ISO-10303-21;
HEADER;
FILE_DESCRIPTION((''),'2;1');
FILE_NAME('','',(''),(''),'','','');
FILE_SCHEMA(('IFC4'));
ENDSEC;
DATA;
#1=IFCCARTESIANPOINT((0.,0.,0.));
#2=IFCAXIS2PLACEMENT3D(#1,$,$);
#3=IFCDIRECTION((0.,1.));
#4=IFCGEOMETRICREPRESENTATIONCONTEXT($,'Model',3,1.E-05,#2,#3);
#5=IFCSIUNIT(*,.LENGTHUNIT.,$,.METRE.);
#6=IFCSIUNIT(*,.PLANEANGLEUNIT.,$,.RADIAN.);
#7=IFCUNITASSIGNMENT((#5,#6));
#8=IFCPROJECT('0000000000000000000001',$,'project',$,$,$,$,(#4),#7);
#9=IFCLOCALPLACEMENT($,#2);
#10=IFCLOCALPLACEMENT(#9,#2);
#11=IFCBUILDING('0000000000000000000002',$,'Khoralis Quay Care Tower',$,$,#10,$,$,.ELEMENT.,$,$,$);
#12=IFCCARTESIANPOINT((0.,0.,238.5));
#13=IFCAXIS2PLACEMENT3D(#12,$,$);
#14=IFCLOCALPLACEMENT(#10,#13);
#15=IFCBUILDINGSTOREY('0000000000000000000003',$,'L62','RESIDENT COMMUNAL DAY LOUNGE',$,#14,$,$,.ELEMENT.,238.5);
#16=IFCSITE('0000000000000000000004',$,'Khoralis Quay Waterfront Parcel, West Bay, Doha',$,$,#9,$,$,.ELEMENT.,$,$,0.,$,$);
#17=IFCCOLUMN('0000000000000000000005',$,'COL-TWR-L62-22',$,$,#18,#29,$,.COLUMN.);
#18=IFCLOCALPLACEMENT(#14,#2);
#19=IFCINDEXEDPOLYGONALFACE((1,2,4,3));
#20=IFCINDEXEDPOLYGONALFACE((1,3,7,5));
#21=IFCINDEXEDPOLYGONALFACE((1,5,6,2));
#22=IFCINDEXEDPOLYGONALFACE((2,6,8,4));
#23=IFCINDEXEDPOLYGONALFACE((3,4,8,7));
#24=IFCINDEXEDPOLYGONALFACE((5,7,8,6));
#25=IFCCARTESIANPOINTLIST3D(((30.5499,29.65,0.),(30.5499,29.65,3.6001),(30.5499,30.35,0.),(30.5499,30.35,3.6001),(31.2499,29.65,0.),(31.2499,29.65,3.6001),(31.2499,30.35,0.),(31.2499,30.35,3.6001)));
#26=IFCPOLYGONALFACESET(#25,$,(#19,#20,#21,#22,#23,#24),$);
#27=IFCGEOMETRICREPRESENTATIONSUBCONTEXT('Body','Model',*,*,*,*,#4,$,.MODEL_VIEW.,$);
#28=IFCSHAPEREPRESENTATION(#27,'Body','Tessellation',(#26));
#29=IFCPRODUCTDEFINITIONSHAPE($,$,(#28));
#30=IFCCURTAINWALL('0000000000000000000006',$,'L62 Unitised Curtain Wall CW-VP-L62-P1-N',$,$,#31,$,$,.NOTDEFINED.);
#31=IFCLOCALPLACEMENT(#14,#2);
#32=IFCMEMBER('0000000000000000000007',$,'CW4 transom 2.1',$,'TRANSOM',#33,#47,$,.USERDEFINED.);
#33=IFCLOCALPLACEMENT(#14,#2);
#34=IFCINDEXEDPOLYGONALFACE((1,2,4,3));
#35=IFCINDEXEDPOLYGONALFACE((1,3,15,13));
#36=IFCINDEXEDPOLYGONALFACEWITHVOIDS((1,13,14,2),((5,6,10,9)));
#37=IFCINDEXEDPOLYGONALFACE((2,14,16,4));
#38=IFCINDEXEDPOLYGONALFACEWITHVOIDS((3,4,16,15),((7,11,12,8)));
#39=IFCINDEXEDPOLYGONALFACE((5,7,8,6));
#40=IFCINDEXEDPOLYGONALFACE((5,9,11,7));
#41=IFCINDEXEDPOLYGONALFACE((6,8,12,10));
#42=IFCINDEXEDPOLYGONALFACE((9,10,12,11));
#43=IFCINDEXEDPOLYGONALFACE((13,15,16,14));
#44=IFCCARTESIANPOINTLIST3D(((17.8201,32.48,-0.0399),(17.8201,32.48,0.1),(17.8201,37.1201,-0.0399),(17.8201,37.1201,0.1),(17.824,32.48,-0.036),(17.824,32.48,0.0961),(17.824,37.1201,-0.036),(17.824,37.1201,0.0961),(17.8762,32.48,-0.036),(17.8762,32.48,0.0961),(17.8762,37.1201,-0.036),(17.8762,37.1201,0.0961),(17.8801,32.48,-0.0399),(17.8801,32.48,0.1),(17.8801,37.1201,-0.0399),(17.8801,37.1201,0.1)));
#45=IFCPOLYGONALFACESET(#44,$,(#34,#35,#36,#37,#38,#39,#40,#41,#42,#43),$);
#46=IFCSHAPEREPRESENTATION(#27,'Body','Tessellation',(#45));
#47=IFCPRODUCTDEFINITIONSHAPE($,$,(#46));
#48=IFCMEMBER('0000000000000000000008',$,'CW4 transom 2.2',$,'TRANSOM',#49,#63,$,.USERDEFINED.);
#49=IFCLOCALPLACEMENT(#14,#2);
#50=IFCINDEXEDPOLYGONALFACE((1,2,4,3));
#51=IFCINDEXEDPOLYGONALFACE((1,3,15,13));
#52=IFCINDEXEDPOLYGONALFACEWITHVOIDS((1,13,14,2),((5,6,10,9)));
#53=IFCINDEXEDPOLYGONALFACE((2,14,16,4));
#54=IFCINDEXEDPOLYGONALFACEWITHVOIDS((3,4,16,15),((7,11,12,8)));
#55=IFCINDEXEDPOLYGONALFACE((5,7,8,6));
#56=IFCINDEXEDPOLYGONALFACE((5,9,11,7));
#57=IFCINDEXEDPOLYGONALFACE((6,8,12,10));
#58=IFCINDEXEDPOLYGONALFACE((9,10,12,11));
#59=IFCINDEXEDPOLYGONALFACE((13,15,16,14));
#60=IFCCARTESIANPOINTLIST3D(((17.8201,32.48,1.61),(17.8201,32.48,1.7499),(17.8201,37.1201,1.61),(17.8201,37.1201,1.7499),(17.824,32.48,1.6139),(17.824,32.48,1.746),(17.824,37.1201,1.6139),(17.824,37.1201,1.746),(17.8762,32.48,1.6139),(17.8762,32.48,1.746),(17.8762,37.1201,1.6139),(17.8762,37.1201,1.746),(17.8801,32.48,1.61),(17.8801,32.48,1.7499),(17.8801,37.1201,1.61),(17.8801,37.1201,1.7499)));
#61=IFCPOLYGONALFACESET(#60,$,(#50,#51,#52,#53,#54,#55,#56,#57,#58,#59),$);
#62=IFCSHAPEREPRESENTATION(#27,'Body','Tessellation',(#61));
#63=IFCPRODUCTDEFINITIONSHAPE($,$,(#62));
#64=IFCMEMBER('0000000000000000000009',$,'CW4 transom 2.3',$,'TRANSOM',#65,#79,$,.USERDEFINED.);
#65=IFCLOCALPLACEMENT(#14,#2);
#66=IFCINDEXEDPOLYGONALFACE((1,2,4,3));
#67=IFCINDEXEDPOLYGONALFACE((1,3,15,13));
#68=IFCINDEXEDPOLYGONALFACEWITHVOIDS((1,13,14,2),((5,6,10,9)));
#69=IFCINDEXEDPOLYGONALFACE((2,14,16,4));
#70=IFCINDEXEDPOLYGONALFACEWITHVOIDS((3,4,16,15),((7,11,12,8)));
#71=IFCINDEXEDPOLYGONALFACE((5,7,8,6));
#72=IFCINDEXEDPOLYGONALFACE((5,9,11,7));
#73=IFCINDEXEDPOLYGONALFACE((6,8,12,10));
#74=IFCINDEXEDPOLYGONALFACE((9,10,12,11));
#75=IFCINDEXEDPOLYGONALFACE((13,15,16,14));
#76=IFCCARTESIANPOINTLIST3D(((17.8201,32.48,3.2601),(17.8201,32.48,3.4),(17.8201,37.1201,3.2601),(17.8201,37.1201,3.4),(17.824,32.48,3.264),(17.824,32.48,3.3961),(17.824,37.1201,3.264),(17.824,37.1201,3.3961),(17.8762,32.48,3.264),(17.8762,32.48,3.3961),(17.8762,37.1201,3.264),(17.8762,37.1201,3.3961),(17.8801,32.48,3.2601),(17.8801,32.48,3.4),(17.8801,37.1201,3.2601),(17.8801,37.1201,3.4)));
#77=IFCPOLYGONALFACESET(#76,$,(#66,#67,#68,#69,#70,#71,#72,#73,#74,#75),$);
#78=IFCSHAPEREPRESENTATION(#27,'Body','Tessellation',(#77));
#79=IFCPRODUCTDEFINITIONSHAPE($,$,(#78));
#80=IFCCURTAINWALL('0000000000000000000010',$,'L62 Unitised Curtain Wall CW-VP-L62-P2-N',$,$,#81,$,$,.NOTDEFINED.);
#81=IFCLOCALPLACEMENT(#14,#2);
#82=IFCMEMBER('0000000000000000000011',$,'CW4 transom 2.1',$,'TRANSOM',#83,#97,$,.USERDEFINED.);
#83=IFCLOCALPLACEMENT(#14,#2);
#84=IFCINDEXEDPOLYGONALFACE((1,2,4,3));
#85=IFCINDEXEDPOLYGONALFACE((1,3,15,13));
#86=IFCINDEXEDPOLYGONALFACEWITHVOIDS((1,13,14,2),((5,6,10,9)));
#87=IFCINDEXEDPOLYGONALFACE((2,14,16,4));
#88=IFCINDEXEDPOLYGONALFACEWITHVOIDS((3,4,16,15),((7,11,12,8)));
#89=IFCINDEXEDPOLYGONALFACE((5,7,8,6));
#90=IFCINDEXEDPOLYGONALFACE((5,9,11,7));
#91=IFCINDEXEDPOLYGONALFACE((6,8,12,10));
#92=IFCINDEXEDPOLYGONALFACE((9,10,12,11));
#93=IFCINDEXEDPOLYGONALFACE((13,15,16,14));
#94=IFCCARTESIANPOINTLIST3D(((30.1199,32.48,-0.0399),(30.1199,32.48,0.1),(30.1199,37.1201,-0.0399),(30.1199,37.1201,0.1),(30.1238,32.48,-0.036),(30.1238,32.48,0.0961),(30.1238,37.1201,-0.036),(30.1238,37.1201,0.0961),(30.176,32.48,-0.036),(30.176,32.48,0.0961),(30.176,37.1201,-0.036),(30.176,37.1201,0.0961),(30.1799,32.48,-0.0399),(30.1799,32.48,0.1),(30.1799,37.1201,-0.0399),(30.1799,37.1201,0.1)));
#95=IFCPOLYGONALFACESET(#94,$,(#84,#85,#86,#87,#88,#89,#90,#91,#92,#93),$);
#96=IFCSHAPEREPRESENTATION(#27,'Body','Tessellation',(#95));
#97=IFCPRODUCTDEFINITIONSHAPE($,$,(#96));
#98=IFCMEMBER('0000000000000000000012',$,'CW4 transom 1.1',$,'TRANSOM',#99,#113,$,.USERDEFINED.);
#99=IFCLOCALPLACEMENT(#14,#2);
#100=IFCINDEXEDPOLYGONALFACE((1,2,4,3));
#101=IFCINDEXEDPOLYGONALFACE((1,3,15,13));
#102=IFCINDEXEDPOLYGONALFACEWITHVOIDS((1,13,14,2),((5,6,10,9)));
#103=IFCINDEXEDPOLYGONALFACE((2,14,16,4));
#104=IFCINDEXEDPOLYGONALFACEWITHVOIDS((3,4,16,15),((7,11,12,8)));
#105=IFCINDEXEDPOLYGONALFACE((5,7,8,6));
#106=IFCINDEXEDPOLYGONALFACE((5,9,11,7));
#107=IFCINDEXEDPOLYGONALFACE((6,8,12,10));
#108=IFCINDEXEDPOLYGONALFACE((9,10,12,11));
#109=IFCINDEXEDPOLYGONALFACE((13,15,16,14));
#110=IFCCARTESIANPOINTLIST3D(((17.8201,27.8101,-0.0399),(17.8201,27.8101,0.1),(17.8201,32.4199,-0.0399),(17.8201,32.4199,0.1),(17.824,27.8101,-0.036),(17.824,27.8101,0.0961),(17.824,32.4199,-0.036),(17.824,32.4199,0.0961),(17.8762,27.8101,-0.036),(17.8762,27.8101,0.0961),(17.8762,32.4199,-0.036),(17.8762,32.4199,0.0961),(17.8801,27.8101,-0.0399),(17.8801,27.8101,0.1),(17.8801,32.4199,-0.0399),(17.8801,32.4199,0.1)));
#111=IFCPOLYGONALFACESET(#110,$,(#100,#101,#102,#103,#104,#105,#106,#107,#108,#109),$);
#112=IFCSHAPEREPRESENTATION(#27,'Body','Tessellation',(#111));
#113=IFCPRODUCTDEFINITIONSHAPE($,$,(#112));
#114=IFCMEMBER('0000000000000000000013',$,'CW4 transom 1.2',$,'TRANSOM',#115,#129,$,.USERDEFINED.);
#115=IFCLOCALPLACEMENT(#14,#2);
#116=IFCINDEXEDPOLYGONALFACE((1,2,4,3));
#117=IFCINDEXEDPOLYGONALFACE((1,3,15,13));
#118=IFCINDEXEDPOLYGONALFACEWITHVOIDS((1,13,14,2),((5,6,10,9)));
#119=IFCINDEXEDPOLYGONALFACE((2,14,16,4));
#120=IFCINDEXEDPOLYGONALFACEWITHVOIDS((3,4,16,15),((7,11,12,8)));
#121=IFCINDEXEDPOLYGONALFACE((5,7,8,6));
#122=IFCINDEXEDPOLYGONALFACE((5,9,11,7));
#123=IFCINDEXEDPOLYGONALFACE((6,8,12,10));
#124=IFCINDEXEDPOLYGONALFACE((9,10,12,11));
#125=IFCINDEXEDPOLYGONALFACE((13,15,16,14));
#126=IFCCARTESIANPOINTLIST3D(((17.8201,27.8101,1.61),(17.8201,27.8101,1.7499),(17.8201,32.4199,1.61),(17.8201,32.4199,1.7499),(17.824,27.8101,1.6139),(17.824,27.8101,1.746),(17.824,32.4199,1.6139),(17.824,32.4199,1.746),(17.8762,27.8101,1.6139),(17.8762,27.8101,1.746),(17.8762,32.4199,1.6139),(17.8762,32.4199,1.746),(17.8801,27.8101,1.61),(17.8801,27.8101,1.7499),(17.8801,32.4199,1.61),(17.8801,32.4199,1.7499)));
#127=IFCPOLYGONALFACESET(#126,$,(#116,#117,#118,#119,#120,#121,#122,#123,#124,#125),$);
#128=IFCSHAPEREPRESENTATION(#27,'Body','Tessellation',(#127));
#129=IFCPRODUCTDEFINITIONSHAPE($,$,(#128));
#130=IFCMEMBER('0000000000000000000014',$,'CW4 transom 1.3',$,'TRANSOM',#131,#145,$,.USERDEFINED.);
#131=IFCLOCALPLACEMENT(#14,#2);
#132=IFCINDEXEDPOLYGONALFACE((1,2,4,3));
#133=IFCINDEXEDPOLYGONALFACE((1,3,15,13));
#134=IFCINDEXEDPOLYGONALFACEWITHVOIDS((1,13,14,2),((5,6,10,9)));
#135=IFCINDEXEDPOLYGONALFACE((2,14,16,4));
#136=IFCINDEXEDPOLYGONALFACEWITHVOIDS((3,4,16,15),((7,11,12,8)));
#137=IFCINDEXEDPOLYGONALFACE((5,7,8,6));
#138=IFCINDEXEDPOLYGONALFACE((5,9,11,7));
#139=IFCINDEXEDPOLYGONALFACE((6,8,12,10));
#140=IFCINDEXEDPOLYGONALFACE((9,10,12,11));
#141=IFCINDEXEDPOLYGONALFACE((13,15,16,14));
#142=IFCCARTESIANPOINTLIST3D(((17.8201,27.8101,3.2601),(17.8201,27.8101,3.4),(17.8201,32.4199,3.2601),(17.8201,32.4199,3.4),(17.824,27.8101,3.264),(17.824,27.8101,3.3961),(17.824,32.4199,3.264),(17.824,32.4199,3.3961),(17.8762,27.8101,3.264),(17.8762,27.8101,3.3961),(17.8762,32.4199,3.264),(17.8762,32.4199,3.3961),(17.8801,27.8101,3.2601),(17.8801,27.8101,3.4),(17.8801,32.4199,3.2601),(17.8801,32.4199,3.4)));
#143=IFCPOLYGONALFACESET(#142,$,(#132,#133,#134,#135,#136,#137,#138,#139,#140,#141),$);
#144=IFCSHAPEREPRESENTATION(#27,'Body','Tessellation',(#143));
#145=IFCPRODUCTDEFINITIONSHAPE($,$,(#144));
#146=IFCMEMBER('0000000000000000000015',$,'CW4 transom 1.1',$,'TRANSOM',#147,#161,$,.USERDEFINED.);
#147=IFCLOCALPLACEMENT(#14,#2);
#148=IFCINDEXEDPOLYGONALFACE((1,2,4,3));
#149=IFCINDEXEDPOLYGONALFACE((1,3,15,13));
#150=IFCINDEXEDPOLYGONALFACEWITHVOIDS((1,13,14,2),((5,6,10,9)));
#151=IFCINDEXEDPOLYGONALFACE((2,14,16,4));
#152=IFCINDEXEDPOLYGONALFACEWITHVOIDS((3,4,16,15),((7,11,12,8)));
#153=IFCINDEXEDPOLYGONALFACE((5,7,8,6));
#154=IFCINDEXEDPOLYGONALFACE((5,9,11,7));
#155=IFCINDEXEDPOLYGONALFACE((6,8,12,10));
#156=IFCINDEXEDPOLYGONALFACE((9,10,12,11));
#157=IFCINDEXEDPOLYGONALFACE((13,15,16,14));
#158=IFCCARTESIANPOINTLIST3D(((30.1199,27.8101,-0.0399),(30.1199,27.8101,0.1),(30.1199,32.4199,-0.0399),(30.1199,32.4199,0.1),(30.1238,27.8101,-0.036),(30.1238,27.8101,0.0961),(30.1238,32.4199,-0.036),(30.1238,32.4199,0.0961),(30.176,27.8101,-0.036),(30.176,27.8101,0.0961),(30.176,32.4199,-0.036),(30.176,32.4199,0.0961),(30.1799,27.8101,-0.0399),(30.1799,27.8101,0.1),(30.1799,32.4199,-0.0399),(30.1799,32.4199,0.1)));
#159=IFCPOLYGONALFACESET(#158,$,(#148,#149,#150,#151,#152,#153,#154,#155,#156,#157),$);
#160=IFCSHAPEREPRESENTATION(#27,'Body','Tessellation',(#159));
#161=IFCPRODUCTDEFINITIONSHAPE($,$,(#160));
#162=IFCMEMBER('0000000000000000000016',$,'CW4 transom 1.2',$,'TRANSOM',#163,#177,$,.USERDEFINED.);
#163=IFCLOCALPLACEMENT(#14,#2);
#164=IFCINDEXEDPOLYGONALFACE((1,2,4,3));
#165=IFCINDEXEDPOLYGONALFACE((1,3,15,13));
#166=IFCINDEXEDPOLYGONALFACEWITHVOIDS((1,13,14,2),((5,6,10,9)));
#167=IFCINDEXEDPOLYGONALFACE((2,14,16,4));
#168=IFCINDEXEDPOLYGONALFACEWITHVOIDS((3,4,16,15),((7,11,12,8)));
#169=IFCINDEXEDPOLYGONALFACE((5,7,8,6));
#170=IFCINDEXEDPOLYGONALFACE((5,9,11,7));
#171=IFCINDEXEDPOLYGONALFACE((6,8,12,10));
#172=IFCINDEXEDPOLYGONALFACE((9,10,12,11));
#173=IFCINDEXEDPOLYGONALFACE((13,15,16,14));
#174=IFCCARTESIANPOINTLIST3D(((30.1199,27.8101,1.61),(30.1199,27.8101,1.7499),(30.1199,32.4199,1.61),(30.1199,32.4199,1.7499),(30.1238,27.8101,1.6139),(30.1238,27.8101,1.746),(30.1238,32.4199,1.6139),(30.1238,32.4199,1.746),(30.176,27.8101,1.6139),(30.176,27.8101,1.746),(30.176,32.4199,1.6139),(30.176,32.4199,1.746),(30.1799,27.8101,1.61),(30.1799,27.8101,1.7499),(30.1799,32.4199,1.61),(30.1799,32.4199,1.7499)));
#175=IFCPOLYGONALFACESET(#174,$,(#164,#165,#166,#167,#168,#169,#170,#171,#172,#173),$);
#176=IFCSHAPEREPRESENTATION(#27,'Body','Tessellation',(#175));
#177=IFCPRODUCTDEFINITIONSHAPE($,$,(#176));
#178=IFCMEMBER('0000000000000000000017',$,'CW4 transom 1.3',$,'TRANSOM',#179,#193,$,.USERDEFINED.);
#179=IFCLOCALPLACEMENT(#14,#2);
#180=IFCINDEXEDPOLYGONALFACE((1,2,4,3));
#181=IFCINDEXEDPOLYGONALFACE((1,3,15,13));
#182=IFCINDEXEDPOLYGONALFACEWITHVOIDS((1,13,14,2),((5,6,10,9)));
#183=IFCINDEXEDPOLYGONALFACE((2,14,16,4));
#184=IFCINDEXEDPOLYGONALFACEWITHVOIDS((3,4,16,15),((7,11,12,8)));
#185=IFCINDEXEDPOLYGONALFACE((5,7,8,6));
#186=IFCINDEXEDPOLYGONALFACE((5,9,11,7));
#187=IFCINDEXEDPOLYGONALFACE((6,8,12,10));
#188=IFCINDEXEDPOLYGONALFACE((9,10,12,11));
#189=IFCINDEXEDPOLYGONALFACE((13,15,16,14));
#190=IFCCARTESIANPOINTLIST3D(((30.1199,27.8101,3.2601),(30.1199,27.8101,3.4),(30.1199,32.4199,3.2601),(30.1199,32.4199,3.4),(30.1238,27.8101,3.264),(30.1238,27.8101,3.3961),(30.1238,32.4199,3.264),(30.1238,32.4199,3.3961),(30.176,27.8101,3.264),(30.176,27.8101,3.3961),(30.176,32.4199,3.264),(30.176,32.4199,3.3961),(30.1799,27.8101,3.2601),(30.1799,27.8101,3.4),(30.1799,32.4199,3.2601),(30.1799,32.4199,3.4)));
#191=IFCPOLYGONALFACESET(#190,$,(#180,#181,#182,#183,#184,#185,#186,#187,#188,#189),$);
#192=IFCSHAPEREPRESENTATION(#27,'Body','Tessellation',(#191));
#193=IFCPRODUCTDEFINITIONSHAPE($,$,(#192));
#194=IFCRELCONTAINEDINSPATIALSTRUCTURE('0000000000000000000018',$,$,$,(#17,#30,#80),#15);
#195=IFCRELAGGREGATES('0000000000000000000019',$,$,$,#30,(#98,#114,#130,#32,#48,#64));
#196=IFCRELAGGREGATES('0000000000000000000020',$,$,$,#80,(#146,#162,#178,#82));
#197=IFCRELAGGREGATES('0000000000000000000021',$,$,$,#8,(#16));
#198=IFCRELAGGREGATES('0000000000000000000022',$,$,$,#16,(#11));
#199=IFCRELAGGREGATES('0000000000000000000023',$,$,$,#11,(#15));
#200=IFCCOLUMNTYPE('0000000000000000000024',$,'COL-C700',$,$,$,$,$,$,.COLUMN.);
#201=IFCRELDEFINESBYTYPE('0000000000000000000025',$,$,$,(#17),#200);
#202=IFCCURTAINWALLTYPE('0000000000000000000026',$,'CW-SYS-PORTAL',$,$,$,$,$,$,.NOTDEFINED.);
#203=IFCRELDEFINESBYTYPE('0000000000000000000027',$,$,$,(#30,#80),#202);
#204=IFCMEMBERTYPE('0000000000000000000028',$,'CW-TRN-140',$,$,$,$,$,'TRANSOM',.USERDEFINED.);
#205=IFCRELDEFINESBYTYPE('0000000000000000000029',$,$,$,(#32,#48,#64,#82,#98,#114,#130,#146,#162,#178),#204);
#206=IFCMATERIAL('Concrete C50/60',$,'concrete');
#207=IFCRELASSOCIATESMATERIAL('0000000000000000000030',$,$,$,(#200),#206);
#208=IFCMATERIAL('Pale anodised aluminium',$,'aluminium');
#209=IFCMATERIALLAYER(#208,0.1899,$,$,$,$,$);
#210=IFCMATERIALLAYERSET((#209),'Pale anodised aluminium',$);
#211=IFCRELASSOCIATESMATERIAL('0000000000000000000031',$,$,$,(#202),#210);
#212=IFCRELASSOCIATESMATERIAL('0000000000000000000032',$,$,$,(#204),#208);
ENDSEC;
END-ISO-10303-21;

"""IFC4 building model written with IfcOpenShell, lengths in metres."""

from ifc_helpers import new_model, si_unit, direction, frame, origin, origin_2d, place, context, subcontext, project, spatial, rectangle, hollow_rectangle, extrude, source, transform, mapped, material, layer, layer_set, material_profile, profile_set, type_object, element, aggregate, save


model = new_model("IFC4")

# Units and contexts
model_context = context("Model", 3, precision=1e-05, world=origin(), true_north=direction((0.0, 1.0)))
body_context = subcontext(model_context, "Body", "Model", "MODEL_VIEW")
ifc_project = project(units=[si_unit("LENGTHUNIT", "METRE"), si_unit("PLANEANGLEUNIT", "RADIAN")], contexts=[model_context])

# Site, building, storey
site_placement = place(None, origin())
site = spatial("IfcSite", under=ifc_project, at=site_placement, Name="Khoralis Quay Waterfront Parcel, West Bay, Doha", CompositionType="ELEMENT", RefElevation=0.0)
building_placement = place(site_placement, origin())
building = spatial("IfcBuilding", under=site, at=building_placement, Name="Khoralis Quay Care Tower", CompositionType="ELEMENT")
storey_placement = place(building_placement, frame((0.0, 0.0, 238.5)))
storey = spatial("IfcBuildingStorey", under=building, at=storey_placement, Name="L62", Description="RESIDENT COMMUNAL DAY LOUNGE", CompositionType="ELEMENT", Elevation=238.5)

# Column
ifc_material_1 = material(Name="Concrete C50/60", Category="concrete")
ifc_material_profile_1 = material_profile(ifc_material_1, rectangle(XDim=0.7, YDim=0.7, at=origin_2d()), Name="Concrete C50/60")
ifc_profile_set_1 = profile_set([ifc_material_profile_1], Name="Concrete C50/60")
column_type = type_object("IfcColumnType", Name="COL-C700", PredefinedType="COLUMN", material=ifc_profile_set_1)
shared_shape_1 = source(origin(), body_context, "Body", "SweptSolid", [
    extrude(rectangle(XDim=0.7, YDim=0.7, at=origin_2d()), origin(), (0.0, 0.0, 1.0), 3.6001),
])
column_placement = place(storey_placement, frame((30.8999, 30.0, 0.0), z_axis=(0.0, 0.0, 1.0), x_axis=(1.0, 0.0, 0.0)))
element("IfcColumn", 1, at=column_placement, inside=storey, type_object=column_type, Name="COL-TWR-L62-22", PredefinedType="COLUMN", context=body_context, shape_type="MappedRepresentation", body=[
    mapped(shared_shape_1, transform((0.0, 0.0, 0.0), scale=1.0)),
])

# Curtain wall, members
ifc_material_2 = material(Name="Pale anodised aluminium", Category="aluminium")
ifc_layer_1 = layer(ifc_material_2, 0.1899)
ifc_layer_set_1 = layer_set([ifc_layer_1], Name="Pale anodised aluminium")
curtain_wall_type = type_object("IfcCurtainWallType", Name="CW-SYS-PORTAL", PredefinedType="NOTDEFINED", material=ifc_layer_set_1)
curtain_wall_1_placement = place(storey_placement, origin())
curtain_wall_1 = element("IfcCurtainWall", 2, at=curtain_wall_1_placement, inside=storey, type_object=curtain_wall_type, Name="L62 Unitised Curtain Wall CW-VP-L62-P1-N", PredefinedType="NOTDEFINED")
ifc_material_profile_2 = material_profile(ifc_material_2, hollow_rectangle(XDim=0.0601, YDim=0.1399, WallThickness=0.0039, at=origin_2d()), Name="Pale anodised aluminium")
ifc_profile_set_2 = profile_set([ifc_material_profile_2], Name="Pale anodised aluminium")
member_type_1 = type_object("IfcMemberType", Name="CW-TRN-140", ElementType="TRANSOM", PredefinedType="USERDEFINED", material=ifc_profile_set_2)
shared_shape_2 = source(origin(), body_context, "Body", "SweptSolid", [
    extrude(hollow_rectangle(XDim=0.0601, YDim=0.1399, WallThickness=0.0039, at=origin_2d()), origin(), (0.0, 0.0, 1.0), 4.6401),
])
member_1_placement = place(storey_placement, frame((17.8501, 32.48, 0.03), z_axis=(0.0, 1.0, 0.0), x_axis=(-1.0, 0.0, 0.0)))
member_1 = element("IfcMember", 3, at=member_1_placement, type_object=member_type_1, Name="CW4 transom 2.1", ObjectType="TRANSOM", PredefinedType="USERDEFINED", context=body_context, shape_type="MappedRepresentation", body=[
    mapped(shared_shape_2, transform((0.0, 0.0, 0.0), scale=1.0)),
])
member_2_placement = place(storey_placement, frame((17.8501, 32.48, 1.6799), z_axis=(0.0, 1.0, 0.0), x_axis=(-1.0, 0.0, 0.0)))
member_2 = element("IfcMember", 4, at=member_2_placement, type_object=member_type_1, Name="CW4 transom 2.2", ObjectType="TRANSOM", PredefinedType="USERDEFINED", context=body_context, shape_type="MappedRepresentation", body=[
    mapped(shared_shape_2, transform((0.0, 0.0, 0.0), scale=1.0)),
])
member_3_placement = place(storey_placement, frame((17.8501, 32.48, 3.3301), z_axis=(0.0, 1.0, 0.0), x_axis=(-1.0, 0.0, 0.0)))
member_3 = element("IfcMember", 5, at=member_3_placement, type_object=member_type_1, Name="CW4 transom 2.3", ObjectType="TRANSOM", PredefinedType="USERDEFINED", context=body_context, shape_type="MappedRepresentation", body=[
    mapped(shared_shape_2, transform((0.0, 0.0, 0.0), scale=1.0)),
])

# Curtain wall, member
curtain_wall_2_placement = place(storey_placement, origin())
curtain_wall_2 = element("IfcCurtainWall", 6, at=curtain_wall_2_placement, inside=storey, type_object=curtain_wall_type, Name="L62 Unitised Curtain Wall CW-VP-L62-P2-N", PredefinedType="NOTDEFINED")
member_4_placement = place(storey_placement, frame((30.1499, 32.48, 0.03), z_axis=(0.0, 1.0, 0.0), x_axis=(-1.0, 0.0, 0.0)))
member_4 = element("IfcMember", 7, at=member_4_placement, type_object=member_type_1, Name="CW4 transom 2.1", ObjectType="TRANSOM", PredefinedType="USERDEFINED", context=body_context, shape_type="MappedRepresentation", body=[
    mapped(shared_shape_2, transform((0.0, 0.0, 0.0), scale=1.0)),
])

# Members
shared_shape_3 = source(origin(), body_context, "Body", "SweptSolid", [
    extrude(hollow_rectangle(XDim=0.0601, YDim=0.1399, WallThickness=0.0039, at=origin_2d()), origin(), (0.0, 0.0, 1.0), 4.6099),
])
member_5_placement = place(storey_placement, frame((17.8501, 27.8101, 0.03), z_axis=(0.0, 1.0, 0.0), x_axis=(-1.0, 0.0, 0.0)))
member_5 = element("IfcMember", 8, at=member_5_placement, type_object=member_type_1, Name="CW4 transom 1.1", ObjectType="TRANSOM", PredefinedType="USERDEFINED", context=body_context, shape_type="MappedRepresentation", body=[
    mapped(shared_shape_3, transform((0.0, 0.0, 0.0), scale=1.0)),
])
member_6_placement = place(storey_placement, frame((17.8501, 27.8101, 1.6799), z_axis=(0.0, 1.0, 0.0), x_axis=(-1.0, 0.0, 0.0)))
member_6 = element("IfcMember", 9, at=member_6_placement, type_object=member_type_1, Name="CW4 transom 1.2", ObjectType="TRANSOM", PredefinedType="USERDEFINED", context=body_context, shape_type="MappedRepresentation", body=[
    mapped(shared_shape_3, transform((0.0, 0.0, 0.0), scale=1.0)),
])
member_7_placement = place(storey_placement, frame((17.8501, 27.8101, 3.3301), z_axis=(0.0, 1.0, 0.0), x_axis=(-1.0, 0.0, 0.0)))
member_7 = element("IfcMember", 10, at=member_7_placement, type_object=member_type_1, Name="CW4 transom 1.3", ObjectType="TRANSOM", PredefinedType="USERDEFINED", context=body_context, shape_type="MappedRepresentation", body=[
    mapped(shared_shape_3, transform((0.0, 0.0, 0.0), scale=1.0)),
])
member_8_placement = place(storey_placement, frame((30.1499, 27.8101, 0.03), z_axis=(0.0, 1.0, 0.0), x_axis=(-1.0, 0.0, 0.0)))
member_8 = element("IfcMember", 11, at=member_8_placement, type_object=member_type_1, Name="CW4 transom 1.1", ObjectType="TRANSOM", PredefinedType="USERDEFINED", context=body_context, shape_type="MappedRepresentation", body=[
    mapped(shared_shape_3, transform((0.0, 0.0, 0.0), scale=1.0)),
])
member_9_placement = place(storey_placement, frame((30.1499, 27.8101, 1.6799), z_axis=(0.0, 1.0, 0.0), x_axis=(-1.0, 0.0, 0.0)))
member_9 = element("IfcMember", 12, at=member_9_placement, type_object=member_type_1, Name="CW4 transom 1.2", ObjectType="TRANSOM", PredefinedType="USERDEFINED", context=body_context, shape_type="MappedRepresentation", body=[
    mapped(shared_shape_3, transform((0.0, 0.0, 0.0), scale=1.0)),
])
member_10_placement = place(storey_placement, frame((30.1499, 27.8101, 3.3301), z_axis=(0.0, 1.0, 0.0), x_axis=(-1.0, 0.0, 0.0)))
member_10 = element("IfcMember", 13, at=member_10_placement, type_object=member_type_1, Name="CW4 transom 1.3", ObjectType="TRANSOM", PredefinedType="USERDEFINED", context=body_context, shape_type="MappedRepresentation", body=[
    mapped(shared_shape_3, transform((0.0, 0.0, 0.0), scale=1.0)),
])

aggregate(curtain_wall_1, [member_5, member_6, member_7, member_1, member_2, member_3])
aggregate(curtain_wall_2, [member_8, member_9, member_10, member_4])

save(model, "model.ifc")
